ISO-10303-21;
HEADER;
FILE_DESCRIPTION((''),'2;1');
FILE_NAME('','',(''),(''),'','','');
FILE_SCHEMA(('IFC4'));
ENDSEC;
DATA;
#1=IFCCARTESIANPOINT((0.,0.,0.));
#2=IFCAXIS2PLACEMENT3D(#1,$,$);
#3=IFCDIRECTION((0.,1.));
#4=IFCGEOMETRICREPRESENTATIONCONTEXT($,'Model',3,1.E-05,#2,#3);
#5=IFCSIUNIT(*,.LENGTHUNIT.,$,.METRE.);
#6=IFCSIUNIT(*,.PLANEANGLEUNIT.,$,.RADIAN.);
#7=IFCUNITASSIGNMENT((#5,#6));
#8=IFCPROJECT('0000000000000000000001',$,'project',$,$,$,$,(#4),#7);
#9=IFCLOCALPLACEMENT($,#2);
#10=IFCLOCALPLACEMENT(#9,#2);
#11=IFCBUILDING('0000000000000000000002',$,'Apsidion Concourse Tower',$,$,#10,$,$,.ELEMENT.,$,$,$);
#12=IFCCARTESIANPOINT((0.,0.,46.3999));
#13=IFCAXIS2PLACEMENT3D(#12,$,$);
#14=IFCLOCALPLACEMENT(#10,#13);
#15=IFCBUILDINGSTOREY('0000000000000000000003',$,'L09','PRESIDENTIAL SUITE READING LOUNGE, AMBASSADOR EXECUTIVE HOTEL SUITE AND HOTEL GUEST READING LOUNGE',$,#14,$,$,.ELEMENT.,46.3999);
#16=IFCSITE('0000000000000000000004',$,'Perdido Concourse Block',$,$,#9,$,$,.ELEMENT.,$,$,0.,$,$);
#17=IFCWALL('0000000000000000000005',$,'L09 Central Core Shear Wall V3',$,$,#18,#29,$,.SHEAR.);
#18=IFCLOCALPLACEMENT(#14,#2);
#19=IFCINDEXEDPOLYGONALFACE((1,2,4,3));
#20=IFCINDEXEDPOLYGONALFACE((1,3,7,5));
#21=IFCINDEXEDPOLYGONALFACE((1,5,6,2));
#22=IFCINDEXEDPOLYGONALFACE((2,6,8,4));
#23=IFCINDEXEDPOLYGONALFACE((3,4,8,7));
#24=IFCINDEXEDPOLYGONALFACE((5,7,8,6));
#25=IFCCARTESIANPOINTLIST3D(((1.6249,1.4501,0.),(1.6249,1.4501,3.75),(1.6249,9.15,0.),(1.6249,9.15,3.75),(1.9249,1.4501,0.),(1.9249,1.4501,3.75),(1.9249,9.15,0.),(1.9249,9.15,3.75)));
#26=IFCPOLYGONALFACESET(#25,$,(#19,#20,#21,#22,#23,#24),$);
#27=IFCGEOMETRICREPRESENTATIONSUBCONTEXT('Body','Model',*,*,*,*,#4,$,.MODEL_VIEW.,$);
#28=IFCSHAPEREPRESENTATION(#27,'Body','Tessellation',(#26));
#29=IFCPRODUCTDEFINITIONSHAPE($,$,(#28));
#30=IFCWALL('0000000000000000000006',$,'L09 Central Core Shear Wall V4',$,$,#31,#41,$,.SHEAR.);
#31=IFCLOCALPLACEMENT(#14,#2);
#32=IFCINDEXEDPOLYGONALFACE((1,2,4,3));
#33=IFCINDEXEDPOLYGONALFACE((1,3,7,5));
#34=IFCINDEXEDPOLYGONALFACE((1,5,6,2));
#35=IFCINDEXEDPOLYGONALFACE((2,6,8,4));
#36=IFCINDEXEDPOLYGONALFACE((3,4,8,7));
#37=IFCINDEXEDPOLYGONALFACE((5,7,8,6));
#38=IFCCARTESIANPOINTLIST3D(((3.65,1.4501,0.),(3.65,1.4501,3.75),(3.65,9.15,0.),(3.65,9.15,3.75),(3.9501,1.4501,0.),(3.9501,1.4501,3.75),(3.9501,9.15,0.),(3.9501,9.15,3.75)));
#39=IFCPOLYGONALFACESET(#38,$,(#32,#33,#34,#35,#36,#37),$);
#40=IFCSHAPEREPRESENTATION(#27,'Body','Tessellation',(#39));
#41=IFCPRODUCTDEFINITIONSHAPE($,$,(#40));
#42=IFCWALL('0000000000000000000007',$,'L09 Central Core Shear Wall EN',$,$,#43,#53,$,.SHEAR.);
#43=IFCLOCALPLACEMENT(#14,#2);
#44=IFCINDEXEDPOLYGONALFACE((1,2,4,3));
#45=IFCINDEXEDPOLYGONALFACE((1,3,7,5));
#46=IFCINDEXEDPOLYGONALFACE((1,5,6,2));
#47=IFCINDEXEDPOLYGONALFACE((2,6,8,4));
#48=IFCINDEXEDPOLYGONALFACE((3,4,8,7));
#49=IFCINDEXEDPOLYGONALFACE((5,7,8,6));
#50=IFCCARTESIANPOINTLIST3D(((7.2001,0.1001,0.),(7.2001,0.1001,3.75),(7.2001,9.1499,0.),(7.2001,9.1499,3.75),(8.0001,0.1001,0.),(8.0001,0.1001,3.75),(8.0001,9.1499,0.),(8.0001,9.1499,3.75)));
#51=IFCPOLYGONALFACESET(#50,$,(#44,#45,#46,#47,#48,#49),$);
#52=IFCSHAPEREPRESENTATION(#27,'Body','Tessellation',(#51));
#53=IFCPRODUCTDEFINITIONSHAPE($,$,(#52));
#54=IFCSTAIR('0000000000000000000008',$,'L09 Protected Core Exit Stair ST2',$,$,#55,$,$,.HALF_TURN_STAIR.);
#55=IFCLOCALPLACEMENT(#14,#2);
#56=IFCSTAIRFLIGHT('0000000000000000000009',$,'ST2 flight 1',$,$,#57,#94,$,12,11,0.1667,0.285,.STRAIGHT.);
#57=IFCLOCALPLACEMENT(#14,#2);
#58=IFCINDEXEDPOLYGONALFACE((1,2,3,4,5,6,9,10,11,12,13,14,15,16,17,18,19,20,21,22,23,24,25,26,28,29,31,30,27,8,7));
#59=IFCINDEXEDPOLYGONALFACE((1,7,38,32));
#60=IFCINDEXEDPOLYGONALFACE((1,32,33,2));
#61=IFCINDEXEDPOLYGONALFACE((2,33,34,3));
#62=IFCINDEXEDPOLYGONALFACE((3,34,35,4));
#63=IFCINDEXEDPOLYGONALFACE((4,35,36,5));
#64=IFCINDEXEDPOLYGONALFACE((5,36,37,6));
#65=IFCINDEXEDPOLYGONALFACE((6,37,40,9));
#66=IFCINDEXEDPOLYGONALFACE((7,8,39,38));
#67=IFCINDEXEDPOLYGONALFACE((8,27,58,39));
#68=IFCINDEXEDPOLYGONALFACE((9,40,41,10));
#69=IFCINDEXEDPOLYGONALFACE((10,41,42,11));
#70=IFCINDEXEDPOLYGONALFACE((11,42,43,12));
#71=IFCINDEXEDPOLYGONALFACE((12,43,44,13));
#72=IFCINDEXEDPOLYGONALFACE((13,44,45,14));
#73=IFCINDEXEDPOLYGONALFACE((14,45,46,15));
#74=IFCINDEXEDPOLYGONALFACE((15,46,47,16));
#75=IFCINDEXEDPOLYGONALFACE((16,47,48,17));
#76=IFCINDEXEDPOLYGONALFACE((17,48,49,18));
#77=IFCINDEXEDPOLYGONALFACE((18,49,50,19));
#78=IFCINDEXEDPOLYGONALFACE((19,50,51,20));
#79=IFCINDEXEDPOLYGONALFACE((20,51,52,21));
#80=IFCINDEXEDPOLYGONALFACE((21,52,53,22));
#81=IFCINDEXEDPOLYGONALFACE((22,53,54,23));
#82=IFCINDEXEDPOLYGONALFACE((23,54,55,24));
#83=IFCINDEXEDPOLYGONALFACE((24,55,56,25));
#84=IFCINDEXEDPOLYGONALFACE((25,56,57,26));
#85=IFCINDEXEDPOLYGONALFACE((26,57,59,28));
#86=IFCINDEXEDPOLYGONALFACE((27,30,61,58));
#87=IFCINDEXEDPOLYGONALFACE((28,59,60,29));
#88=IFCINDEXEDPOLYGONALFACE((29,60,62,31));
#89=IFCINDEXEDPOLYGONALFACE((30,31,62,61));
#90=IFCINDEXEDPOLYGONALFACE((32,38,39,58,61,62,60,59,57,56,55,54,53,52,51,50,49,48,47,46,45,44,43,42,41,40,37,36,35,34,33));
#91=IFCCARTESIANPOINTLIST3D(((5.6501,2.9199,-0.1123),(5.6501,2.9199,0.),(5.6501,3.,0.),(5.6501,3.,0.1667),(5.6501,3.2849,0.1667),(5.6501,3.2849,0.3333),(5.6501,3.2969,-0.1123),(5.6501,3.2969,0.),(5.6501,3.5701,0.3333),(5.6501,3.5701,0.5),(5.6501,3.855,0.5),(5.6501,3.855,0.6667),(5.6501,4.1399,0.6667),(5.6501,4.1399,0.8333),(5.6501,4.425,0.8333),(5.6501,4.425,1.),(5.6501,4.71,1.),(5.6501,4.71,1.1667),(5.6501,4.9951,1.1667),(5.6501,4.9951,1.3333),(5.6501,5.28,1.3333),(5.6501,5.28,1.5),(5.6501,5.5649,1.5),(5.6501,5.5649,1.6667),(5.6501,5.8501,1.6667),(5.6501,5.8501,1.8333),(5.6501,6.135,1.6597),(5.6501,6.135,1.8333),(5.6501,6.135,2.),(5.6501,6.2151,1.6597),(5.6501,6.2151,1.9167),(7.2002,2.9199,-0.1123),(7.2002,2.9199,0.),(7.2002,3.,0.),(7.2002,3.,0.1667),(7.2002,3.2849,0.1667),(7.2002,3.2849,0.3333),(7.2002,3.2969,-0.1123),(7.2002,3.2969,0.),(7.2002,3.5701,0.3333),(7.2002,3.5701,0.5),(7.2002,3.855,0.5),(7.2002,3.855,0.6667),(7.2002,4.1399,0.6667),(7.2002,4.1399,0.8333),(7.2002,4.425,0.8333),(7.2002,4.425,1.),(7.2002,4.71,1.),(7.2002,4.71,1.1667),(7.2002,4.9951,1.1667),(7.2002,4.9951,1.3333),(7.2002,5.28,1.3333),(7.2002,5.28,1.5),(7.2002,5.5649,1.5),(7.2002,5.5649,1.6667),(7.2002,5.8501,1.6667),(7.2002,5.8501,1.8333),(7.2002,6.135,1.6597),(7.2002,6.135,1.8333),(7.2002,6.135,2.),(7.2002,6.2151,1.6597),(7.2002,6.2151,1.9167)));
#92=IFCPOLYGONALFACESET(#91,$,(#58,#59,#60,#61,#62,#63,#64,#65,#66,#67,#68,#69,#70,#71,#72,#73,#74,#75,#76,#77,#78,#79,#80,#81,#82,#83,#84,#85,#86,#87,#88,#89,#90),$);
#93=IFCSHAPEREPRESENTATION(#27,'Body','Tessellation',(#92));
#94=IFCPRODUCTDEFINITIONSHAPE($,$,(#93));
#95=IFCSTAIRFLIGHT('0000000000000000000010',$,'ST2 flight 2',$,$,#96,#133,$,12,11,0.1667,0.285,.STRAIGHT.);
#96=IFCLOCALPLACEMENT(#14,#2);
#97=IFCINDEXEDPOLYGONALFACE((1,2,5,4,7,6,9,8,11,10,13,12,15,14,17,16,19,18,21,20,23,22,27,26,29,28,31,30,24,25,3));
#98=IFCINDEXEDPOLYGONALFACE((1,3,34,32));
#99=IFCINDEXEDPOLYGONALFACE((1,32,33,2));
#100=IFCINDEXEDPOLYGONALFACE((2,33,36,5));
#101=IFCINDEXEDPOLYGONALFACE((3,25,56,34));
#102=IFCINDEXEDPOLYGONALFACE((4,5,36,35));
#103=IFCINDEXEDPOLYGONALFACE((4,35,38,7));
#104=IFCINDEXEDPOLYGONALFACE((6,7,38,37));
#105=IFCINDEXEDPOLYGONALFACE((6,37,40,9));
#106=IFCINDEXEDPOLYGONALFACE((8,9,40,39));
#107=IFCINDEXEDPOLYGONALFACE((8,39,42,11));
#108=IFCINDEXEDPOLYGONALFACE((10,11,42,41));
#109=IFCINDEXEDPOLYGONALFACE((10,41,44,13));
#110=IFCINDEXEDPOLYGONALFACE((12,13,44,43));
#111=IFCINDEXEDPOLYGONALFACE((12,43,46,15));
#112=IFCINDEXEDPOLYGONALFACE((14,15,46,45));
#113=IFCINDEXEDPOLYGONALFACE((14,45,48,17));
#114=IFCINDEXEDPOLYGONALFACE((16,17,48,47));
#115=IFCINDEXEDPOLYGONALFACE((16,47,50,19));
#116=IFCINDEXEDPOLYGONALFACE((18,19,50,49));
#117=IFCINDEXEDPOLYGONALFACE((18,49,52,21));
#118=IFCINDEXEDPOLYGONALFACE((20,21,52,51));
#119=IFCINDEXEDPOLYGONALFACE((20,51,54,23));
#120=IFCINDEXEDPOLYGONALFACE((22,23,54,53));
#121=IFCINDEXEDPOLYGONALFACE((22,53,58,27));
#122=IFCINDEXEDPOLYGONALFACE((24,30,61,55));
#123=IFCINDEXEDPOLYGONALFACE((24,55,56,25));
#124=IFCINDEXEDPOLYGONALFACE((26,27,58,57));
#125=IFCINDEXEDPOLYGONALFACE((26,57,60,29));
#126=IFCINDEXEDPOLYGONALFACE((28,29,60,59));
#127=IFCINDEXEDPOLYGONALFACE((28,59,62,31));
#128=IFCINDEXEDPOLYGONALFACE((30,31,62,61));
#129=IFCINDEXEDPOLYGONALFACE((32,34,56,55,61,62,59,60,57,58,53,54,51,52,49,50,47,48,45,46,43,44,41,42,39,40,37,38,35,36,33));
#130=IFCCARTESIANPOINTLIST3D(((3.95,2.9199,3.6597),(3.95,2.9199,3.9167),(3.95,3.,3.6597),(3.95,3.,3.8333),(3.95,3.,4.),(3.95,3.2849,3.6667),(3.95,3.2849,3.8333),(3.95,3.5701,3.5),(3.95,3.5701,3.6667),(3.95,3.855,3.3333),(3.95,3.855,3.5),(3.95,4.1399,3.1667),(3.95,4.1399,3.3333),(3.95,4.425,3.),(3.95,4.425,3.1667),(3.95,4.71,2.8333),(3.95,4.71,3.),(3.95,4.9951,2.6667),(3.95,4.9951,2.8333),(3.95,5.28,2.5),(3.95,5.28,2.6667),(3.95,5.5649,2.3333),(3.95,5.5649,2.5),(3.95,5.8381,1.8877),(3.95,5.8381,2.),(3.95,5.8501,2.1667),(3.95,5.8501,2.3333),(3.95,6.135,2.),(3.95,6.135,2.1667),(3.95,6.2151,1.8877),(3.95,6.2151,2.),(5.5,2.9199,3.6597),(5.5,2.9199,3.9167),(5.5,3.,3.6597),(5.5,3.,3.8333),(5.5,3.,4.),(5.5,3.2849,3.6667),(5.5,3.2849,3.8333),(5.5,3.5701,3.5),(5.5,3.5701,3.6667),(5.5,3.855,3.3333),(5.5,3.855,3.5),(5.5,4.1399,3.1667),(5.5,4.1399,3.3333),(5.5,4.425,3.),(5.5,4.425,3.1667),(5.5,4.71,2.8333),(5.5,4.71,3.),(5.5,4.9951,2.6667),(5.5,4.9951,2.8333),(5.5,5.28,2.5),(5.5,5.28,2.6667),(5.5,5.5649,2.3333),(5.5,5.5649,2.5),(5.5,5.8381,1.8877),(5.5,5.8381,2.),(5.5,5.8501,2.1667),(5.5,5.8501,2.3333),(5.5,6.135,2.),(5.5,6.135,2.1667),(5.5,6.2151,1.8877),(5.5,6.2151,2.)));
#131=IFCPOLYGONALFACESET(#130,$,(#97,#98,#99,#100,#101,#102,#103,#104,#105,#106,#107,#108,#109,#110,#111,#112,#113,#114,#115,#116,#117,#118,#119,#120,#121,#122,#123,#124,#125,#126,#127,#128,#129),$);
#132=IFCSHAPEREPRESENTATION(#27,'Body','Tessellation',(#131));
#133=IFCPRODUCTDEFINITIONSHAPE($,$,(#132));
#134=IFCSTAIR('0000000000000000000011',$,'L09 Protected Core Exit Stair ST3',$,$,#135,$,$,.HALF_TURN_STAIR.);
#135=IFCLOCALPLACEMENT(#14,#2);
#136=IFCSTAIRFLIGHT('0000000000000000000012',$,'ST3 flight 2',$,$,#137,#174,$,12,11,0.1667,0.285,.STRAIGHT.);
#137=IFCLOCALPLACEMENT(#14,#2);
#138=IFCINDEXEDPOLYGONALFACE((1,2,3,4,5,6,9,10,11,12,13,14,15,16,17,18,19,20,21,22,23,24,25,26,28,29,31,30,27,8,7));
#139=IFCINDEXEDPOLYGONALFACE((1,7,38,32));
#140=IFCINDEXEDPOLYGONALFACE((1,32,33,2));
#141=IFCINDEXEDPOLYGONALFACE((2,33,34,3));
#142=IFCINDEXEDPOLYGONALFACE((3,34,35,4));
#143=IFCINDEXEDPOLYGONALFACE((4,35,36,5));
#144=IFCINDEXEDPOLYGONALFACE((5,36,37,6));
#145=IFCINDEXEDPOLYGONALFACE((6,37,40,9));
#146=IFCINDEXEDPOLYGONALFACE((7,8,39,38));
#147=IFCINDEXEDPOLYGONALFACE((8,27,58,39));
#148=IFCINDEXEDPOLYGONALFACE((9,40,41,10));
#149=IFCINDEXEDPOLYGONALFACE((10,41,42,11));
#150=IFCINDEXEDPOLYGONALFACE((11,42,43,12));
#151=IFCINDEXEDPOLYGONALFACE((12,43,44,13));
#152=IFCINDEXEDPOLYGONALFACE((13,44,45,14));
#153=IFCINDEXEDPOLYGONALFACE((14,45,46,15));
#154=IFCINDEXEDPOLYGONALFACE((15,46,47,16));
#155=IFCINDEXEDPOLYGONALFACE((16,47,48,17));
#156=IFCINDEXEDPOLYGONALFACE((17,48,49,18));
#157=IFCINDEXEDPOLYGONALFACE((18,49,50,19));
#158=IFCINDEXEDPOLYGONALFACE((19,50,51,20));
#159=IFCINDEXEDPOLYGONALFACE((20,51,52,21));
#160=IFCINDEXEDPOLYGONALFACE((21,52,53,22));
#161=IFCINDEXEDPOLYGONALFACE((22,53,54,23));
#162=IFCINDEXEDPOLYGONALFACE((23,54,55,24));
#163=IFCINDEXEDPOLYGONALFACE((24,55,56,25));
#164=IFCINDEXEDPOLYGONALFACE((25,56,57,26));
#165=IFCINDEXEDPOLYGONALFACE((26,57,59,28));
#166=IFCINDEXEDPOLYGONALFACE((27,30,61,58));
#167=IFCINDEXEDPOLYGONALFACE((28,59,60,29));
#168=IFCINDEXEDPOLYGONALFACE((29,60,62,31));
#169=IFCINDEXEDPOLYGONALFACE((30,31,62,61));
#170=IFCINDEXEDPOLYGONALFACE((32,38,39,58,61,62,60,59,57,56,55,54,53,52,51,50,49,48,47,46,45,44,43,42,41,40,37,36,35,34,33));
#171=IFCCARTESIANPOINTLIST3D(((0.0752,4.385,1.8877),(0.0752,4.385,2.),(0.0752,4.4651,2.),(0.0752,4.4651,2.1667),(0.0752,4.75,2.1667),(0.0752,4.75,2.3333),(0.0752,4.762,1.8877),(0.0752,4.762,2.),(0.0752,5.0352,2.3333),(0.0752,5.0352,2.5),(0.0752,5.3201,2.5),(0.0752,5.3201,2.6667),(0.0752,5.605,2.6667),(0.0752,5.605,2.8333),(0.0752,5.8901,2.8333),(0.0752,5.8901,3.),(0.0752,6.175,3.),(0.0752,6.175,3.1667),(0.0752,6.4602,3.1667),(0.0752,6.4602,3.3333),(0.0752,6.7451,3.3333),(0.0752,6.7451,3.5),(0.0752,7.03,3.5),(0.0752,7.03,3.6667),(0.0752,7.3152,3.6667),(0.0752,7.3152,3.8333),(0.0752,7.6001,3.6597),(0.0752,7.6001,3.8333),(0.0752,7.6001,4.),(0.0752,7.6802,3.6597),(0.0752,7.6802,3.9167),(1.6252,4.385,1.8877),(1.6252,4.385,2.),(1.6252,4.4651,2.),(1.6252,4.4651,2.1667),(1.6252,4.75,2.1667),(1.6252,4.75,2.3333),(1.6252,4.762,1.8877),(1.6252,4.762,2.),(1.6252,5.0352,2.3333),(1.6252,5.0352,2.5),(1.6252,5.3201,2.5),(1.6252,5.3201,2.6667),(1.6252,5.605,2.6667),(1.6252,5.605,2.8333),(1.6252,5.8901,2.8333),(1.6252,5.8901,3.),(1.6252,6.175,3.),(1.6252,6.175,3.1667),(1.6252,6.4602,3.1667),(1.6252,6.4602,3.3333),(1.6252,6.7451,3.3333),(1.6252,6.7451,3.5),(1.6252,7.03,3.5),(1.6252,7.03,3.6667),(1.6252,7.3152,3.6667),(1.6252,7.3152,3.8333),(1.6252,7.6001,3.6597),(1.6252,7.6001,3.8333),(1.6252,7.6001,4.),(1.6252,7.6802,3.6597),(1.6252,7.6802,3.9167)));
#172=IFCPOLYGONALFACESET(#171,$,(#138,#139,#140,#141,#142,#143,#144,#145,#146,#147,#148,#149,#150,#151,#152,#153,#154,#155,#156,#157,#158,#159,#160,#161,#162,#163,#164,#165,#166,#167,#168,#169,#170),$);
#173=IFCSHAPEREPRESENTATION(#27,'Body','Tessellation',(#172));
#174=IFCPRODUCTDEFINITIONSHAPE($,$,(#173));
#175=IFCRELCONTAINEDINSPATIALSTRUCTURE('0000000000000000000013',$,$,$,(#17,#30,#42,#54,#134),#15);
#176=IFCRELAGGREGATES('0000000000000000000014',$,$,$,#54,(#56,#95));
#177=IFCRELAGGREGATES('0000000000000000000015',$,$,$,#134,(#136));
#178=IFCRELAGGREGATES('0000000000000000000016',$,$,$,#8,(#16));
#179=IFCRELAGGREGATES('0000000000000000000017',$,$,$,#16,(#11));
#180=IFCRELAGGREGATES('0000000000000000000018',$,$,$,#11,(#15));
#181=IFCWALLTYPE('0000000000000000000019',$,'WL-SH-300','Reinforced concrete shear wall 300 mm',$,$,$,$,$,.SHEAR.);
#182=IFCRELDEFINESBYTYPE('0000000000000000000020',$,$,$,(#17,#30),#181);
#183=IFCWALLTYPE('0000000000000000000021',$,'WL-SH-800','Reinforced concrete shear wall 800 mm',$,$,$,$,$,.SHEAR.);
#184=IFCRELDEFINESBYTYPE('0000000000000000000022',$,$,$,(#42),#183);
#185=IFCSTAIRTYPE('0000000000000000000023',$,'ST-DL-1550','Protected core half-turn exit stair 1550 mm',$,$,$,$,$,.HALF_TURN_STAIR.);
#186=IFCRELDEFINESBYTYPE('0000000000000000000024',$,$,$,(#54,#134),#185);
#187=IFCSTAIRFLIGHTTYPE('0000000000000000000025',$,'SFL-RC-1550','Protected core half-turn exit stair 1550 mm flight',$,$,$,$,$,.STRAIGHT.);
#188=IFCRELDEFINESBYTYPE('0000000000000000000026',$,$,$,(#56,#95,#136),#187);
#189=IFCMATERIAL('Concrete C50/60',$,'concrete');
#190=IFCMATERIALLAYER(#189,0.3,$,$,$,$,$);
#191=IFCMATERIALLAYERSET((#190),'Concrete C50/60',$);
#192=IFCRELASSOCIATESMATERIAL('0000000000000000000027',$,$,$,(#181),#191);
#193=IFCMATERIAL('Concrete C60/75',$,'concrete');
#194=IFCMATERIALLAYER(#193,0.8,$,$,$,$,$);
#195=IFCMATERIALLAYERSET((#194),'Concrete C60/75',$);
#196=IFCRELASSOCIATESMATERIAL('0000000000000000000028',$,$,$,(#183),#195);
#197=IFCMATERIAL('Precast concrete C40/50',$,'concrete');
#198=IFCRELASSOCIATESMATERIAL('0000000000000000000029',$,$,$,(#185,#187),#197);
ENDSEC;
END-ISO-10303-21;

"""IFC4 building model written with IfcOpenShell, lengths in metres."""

from ifc_helpers import new_model, si_unit, direction, frame, frame_2d, origin, place, context, subcontext, project, spatial, polyline, rectangle, outline, extrude, material, layer, layer_set, type_object, element, aggregate, save


model = new_model("IFC4")

# Units and contexts
model_context = context("Model", 3, precision=1e-05, world=origin(), true_north=direction((0.0, 1.0)))
body_context = subcontext(model_context, "Body", "Model", "MODEL_VIEW")
ifc_project = project(units=[si_unit("LENGTHUNIT", "METRE"), si_unit("PLANEANGLEUNIT", "RADIAN")], contexts=[model_context])

# Site, building, storey
site_placement = place(None, origin())
site = spatial("IfcSite", under=ifc_project, at=site_placement, Name="Perdido Concourse Block", CompositionType="ELEMENT", RefElevation=0.0)
building_placement = place(site_placement, origin())
building = spatial("IfcBuilding", under=site, at=building_placement, Name="Apsidion Concourse Tower", CompositionType="ELEMENT")
storey_placement = place(building_placement, frame((0.0, 0.0, 46.3999)))
storey = spatial("IfcBuildingStorey", under=building, at=storey_placement, Name="L09", Description="PRESIDENTIAL SUITE READING LOUNGE, AMBASSADOR EXECUTIVE HOTEL SUITE AND HOTEL GUEST READING LOUNGE", CompositionType="ELEMENT", Elevation=46.3999)

# Shared definitions
ifc_material_1 = material(Name="Concrete C60/75", Category="concrete")

# Walls
ifc_material_2 = material(Name="Concrete C50/60", Category="concrete")
ifc_layer_1 = layer(ifc_material_2, 0.3)
ifc_layer_set_1 = layer_set([ifc_layer_1], Name="Concrete C50/60")
wall_type_1 = type_object("IfcWallType", Name="WL-SH-300", Description="Reinforced concrete shear wall 300 mm", PredefinedType="SHEAR", material=ifc_layer_set_1)
for number, where, z_axis, x_axis, name in (
    (1, (1.7749, 1.45, 0.0), (0.0, 0.0, 1.0), (0.0, 1.0, 0.0), "L09 Central Core Shear Wall V3"),
    (2, (3.8, 1.45, 0.0), (0.0, 0.0, 1.0), (0.0, 1.0, 0.0), "L09 Central Core Shear Wall V4"),
):
    element("IfcWall", number, at=place(storey_placement, frame(where, z_axis=z_axis, x_axis=x_axis)), inside=storey, type_object=wall_type_1, Name=name, PredefinedType="SHEAR", context=body_context, shape_type="SweptSolid", body=[
        extrude(rectangle(XDim=7.7, YDim=0.3, at=frame_2d((3.8501, 0.0))), origin(), (0.0, 0.0, 1.0), 3.75),
    ])
ifc_layer_2 = layer(ifc_material_1, 0.8)
ifc_layer_set_2 = layer_set([ifc_layer_2], Name="Concrete C60/75")
wall_type_2 = type_object("IfcWallType", Name="WL-SH-800", Description="Reinforced concrete shear wall 800 mm", PredefinedType="SHEAR", material=ifc_layer_set_2)
wall_1_placement = place(storey_placement, frame((7.6001, 0.1001, 0.0), z_axis=(0.0, 0.0, 1.0), x_axis=(0.0, 1.0, 0.0)))
element("IfcWall", 3, at=wall_1_placement, inside=storey, type_object=wall_type_2, Name="L09 Central Core Shear Wall EN", PredefinedType="SHEAR", context=body_context, shape_type="SweptSolid", body=[
    extrude(rectangle(XDim=9.0498, YDim=0.8, at=frame_2d((4.5249, 0.0))), origin(), (0.0, 0.0, 1.0), 3.75),
])

# Stair, stair flights
ifc_material_3 = material(Name="Precast concrete C40/50", Category="concrete")
stair_type = type_object("IfcStairType", Name="ST-DL-1550", Description="Protected core half-turn exit stair 1550 mm", PredefinedType="HALF_TURN_STAIR", material=ifc_material_3)
stair_1_placement = place(storey_placement, origin())
stair_1 = element("IfcStair", 4, at=stair_1_placement, inside=storey, type_object=stair_type, Name="L09 Protected Core Exit Stair ST2", PredefinedType="HALF_TURN_STAIR")
stair_flight_type = type_object("IfcStairFlightType", Name="SFL-RC-1550", Description="Protected core half-turn exit stair 1550 mm flight", PredefinedType="STRAIGHT", material=ifc_material_3)
stair_flight_1_placement = place(storey_placement, frame((6.425, 3.0, 0.0), z_axis=(0.0, 0.0, 1.0), x_axis=(0.0, 1.0, 0.0)))
stair_flight_1 = element("IfcStairFlight", 5, at=stair_flight_1_placement, type_object=stair_flight_type, Name="ST2 flight 1", NumberOfRisers=12, NumberOfTreads=11, PredefinedType="STRAIGHT", RiserHeight=0.1667, TreadLength=0.285, context=body_context, shape_type="SweptSolid", body=[
    extrude(outline(polyline([(-0.0801, -0.1123), (-0.0801, 0.0), (0.0, 0.0), (0.0, 0.1667), (0.2849, 0.1667), (0.2849, 0.3333), (0.5701, 0.3333), (0.5701, 0.5), (0.855, 0.5), (0.855, 0.6667), (1.1399, 0.6667), (1.1399, 0.8333), (1.425, 0.8333), (1.425, 1.0), (1.71, 1.0), (1.71, 1.1667), (1.9951, 1.1667), (1.9951, 1.3333), (2.28, 1.3333), (2.28, 1.5), (2.5649, 1.5), (2.5649, 1.6667), (2.8501, 1.6667), (2.8501, 1.8333), (3.135, 1.8333), (3.135, 2.0), (3.2151, 1.9167), (3.2151, 1.6597), (3.135, 1.6597), (0.2969, 0.0), (0.2969, -0.1123), (-0.0801, -0.1123)])), frame((0.0, 0.7749, 0.0), z_axis=(0.0, -1.0, 0.0), x_axis=(1.0, 0.0, 0.0)), (0.0, 0.0, 1.0), 1.55),
])
stair_flight_2_placement = place(storey_placement, frame((4.7251, 6.135, 2.0), z_axis=(0.0, 0.0, 1.0), x_axis=(0.0, -1.0, 0.0)))
stair_flight_2 = element("IfcStairFlight", 6, at=stair_flight_2_placement, type_object=stair_flight_type, Name="ST2 flight 2", NumberOfRisers=12, NumberOfTreads=11, PredefinedType="STRAIGHT", RiserHeight=0.1667, TreadLength=0.285, context=body_context, shape_type="SweptSolid", body=[
    extrude(outline(polyline([(-0.0801, -0.1123), (-0.0801, 0.0), (0.0, 0.0), (0.0, 0.1667), (0.2849, 0.1667), (0.2849, 0.3333), (0.5701, 0.3333), (0.5701, 0.5), (0.855, 0.5), (0.855, 0.6667), (1.1399, 0.6667), (1.1399, 0.8333), (1.425, 0.8333), (1.425, 1.0), (1.71, 1.0), (1.71, 1.1667), (1.9951, 1.1667), (1.9951, 1.3333), (2.28, 1.3333), (2.28, 1.5), (2.5649, 1.5), (2.5649, 1.6667), (2.8501, 1.6667), (2.8501, 1.8333), (3.135, 1.8333), (3.135, 2.0), (3.2151, 1.9167), (3.2151, 1.6597), (3.135, 1.6597), (0.2969, 0.0), (0.2969, -0.1123), (-0.0801, -0.1123)])), frame((0.0, 0.7749, 0.0), z_axis=(0.0, -1.0, 0.0), x_axis=(1.0, 0.0, 0.0)), (0.0, 0.0, 1.0), 1.55),
])
aggregate(stair_1, [stair_flight_1, stair_flight_2])

# Stair, stair flight
stair_2_placement = place(storey_placement, origin())
stair_2 = element("IfcStair", 7, at=stair_2_placement, inside=storey, type_object=stair_type, Name="L09 Protected Core Exit Stair ST3", PredefinedType="HALF_TURN_STAIR")
stair_flight_3_placement = place(storey_placement, frame((0.8501, 4.4651, 2.0), z_axis=(0.0, 0.0, 1.0), x_axis=(0.0, 1.0, 0.0)))
stair_flight_3 = element("IfcStairFlight", 8, at=stair_flight_3_placement, type_object=stair_flight_type, Name="ST3 flight 2", NumberOfRisers=12, NumberOfTreads=11, PredefinedType="STRAIGHT", RiserHeight=0.1667, TreadLength=0.285, context=body_context, shape_type="SweptSolid", body=[
    extrude(outline(polyline([(-0.0801, -0.1123), (-0.0801, 0.0), (0.0, 0.0), (0.0, 0.1667), (0.2849, 0.1667), (0.2849, 0.3333), (0.5701, 0.3333), (0.5701, 0.5), (0.855, 0.5), (0.855, 0.6667), (1.1399, 0.6667), (1.1399, 0.8333), (1.425, 0.8333), (1.425, 1.0), (1.71, 1.0), (1.71, 1.1667), (1.9951, 1.1667), (1.9951, 1.3333), (2.28, 1.3333), (2.28, 1.5), (2.5649, 1.5), (2.5649, 1.6667), (2.8501, 1.6667), (2.8501, 1.8333), (3.135, 1.8333), (3.135, 2.0), (3.2151, 1.9167), (3.2151, 1.6597), (3.135, 1.6597), (0.2969, 0.0), (0.2969, -0.1123), (-0.0801, -0.1123)])), frame((0.0, 0.7749, 0.0), z_axis=(0.0, -1.0, 0.0), x_axis=(1.0, 0.0, 0.0)), (0.0, 0.0, 1.0), 1.55),
])
aggregate(stair_2, [stair_flight_3])

save(model, "model.ifc")
